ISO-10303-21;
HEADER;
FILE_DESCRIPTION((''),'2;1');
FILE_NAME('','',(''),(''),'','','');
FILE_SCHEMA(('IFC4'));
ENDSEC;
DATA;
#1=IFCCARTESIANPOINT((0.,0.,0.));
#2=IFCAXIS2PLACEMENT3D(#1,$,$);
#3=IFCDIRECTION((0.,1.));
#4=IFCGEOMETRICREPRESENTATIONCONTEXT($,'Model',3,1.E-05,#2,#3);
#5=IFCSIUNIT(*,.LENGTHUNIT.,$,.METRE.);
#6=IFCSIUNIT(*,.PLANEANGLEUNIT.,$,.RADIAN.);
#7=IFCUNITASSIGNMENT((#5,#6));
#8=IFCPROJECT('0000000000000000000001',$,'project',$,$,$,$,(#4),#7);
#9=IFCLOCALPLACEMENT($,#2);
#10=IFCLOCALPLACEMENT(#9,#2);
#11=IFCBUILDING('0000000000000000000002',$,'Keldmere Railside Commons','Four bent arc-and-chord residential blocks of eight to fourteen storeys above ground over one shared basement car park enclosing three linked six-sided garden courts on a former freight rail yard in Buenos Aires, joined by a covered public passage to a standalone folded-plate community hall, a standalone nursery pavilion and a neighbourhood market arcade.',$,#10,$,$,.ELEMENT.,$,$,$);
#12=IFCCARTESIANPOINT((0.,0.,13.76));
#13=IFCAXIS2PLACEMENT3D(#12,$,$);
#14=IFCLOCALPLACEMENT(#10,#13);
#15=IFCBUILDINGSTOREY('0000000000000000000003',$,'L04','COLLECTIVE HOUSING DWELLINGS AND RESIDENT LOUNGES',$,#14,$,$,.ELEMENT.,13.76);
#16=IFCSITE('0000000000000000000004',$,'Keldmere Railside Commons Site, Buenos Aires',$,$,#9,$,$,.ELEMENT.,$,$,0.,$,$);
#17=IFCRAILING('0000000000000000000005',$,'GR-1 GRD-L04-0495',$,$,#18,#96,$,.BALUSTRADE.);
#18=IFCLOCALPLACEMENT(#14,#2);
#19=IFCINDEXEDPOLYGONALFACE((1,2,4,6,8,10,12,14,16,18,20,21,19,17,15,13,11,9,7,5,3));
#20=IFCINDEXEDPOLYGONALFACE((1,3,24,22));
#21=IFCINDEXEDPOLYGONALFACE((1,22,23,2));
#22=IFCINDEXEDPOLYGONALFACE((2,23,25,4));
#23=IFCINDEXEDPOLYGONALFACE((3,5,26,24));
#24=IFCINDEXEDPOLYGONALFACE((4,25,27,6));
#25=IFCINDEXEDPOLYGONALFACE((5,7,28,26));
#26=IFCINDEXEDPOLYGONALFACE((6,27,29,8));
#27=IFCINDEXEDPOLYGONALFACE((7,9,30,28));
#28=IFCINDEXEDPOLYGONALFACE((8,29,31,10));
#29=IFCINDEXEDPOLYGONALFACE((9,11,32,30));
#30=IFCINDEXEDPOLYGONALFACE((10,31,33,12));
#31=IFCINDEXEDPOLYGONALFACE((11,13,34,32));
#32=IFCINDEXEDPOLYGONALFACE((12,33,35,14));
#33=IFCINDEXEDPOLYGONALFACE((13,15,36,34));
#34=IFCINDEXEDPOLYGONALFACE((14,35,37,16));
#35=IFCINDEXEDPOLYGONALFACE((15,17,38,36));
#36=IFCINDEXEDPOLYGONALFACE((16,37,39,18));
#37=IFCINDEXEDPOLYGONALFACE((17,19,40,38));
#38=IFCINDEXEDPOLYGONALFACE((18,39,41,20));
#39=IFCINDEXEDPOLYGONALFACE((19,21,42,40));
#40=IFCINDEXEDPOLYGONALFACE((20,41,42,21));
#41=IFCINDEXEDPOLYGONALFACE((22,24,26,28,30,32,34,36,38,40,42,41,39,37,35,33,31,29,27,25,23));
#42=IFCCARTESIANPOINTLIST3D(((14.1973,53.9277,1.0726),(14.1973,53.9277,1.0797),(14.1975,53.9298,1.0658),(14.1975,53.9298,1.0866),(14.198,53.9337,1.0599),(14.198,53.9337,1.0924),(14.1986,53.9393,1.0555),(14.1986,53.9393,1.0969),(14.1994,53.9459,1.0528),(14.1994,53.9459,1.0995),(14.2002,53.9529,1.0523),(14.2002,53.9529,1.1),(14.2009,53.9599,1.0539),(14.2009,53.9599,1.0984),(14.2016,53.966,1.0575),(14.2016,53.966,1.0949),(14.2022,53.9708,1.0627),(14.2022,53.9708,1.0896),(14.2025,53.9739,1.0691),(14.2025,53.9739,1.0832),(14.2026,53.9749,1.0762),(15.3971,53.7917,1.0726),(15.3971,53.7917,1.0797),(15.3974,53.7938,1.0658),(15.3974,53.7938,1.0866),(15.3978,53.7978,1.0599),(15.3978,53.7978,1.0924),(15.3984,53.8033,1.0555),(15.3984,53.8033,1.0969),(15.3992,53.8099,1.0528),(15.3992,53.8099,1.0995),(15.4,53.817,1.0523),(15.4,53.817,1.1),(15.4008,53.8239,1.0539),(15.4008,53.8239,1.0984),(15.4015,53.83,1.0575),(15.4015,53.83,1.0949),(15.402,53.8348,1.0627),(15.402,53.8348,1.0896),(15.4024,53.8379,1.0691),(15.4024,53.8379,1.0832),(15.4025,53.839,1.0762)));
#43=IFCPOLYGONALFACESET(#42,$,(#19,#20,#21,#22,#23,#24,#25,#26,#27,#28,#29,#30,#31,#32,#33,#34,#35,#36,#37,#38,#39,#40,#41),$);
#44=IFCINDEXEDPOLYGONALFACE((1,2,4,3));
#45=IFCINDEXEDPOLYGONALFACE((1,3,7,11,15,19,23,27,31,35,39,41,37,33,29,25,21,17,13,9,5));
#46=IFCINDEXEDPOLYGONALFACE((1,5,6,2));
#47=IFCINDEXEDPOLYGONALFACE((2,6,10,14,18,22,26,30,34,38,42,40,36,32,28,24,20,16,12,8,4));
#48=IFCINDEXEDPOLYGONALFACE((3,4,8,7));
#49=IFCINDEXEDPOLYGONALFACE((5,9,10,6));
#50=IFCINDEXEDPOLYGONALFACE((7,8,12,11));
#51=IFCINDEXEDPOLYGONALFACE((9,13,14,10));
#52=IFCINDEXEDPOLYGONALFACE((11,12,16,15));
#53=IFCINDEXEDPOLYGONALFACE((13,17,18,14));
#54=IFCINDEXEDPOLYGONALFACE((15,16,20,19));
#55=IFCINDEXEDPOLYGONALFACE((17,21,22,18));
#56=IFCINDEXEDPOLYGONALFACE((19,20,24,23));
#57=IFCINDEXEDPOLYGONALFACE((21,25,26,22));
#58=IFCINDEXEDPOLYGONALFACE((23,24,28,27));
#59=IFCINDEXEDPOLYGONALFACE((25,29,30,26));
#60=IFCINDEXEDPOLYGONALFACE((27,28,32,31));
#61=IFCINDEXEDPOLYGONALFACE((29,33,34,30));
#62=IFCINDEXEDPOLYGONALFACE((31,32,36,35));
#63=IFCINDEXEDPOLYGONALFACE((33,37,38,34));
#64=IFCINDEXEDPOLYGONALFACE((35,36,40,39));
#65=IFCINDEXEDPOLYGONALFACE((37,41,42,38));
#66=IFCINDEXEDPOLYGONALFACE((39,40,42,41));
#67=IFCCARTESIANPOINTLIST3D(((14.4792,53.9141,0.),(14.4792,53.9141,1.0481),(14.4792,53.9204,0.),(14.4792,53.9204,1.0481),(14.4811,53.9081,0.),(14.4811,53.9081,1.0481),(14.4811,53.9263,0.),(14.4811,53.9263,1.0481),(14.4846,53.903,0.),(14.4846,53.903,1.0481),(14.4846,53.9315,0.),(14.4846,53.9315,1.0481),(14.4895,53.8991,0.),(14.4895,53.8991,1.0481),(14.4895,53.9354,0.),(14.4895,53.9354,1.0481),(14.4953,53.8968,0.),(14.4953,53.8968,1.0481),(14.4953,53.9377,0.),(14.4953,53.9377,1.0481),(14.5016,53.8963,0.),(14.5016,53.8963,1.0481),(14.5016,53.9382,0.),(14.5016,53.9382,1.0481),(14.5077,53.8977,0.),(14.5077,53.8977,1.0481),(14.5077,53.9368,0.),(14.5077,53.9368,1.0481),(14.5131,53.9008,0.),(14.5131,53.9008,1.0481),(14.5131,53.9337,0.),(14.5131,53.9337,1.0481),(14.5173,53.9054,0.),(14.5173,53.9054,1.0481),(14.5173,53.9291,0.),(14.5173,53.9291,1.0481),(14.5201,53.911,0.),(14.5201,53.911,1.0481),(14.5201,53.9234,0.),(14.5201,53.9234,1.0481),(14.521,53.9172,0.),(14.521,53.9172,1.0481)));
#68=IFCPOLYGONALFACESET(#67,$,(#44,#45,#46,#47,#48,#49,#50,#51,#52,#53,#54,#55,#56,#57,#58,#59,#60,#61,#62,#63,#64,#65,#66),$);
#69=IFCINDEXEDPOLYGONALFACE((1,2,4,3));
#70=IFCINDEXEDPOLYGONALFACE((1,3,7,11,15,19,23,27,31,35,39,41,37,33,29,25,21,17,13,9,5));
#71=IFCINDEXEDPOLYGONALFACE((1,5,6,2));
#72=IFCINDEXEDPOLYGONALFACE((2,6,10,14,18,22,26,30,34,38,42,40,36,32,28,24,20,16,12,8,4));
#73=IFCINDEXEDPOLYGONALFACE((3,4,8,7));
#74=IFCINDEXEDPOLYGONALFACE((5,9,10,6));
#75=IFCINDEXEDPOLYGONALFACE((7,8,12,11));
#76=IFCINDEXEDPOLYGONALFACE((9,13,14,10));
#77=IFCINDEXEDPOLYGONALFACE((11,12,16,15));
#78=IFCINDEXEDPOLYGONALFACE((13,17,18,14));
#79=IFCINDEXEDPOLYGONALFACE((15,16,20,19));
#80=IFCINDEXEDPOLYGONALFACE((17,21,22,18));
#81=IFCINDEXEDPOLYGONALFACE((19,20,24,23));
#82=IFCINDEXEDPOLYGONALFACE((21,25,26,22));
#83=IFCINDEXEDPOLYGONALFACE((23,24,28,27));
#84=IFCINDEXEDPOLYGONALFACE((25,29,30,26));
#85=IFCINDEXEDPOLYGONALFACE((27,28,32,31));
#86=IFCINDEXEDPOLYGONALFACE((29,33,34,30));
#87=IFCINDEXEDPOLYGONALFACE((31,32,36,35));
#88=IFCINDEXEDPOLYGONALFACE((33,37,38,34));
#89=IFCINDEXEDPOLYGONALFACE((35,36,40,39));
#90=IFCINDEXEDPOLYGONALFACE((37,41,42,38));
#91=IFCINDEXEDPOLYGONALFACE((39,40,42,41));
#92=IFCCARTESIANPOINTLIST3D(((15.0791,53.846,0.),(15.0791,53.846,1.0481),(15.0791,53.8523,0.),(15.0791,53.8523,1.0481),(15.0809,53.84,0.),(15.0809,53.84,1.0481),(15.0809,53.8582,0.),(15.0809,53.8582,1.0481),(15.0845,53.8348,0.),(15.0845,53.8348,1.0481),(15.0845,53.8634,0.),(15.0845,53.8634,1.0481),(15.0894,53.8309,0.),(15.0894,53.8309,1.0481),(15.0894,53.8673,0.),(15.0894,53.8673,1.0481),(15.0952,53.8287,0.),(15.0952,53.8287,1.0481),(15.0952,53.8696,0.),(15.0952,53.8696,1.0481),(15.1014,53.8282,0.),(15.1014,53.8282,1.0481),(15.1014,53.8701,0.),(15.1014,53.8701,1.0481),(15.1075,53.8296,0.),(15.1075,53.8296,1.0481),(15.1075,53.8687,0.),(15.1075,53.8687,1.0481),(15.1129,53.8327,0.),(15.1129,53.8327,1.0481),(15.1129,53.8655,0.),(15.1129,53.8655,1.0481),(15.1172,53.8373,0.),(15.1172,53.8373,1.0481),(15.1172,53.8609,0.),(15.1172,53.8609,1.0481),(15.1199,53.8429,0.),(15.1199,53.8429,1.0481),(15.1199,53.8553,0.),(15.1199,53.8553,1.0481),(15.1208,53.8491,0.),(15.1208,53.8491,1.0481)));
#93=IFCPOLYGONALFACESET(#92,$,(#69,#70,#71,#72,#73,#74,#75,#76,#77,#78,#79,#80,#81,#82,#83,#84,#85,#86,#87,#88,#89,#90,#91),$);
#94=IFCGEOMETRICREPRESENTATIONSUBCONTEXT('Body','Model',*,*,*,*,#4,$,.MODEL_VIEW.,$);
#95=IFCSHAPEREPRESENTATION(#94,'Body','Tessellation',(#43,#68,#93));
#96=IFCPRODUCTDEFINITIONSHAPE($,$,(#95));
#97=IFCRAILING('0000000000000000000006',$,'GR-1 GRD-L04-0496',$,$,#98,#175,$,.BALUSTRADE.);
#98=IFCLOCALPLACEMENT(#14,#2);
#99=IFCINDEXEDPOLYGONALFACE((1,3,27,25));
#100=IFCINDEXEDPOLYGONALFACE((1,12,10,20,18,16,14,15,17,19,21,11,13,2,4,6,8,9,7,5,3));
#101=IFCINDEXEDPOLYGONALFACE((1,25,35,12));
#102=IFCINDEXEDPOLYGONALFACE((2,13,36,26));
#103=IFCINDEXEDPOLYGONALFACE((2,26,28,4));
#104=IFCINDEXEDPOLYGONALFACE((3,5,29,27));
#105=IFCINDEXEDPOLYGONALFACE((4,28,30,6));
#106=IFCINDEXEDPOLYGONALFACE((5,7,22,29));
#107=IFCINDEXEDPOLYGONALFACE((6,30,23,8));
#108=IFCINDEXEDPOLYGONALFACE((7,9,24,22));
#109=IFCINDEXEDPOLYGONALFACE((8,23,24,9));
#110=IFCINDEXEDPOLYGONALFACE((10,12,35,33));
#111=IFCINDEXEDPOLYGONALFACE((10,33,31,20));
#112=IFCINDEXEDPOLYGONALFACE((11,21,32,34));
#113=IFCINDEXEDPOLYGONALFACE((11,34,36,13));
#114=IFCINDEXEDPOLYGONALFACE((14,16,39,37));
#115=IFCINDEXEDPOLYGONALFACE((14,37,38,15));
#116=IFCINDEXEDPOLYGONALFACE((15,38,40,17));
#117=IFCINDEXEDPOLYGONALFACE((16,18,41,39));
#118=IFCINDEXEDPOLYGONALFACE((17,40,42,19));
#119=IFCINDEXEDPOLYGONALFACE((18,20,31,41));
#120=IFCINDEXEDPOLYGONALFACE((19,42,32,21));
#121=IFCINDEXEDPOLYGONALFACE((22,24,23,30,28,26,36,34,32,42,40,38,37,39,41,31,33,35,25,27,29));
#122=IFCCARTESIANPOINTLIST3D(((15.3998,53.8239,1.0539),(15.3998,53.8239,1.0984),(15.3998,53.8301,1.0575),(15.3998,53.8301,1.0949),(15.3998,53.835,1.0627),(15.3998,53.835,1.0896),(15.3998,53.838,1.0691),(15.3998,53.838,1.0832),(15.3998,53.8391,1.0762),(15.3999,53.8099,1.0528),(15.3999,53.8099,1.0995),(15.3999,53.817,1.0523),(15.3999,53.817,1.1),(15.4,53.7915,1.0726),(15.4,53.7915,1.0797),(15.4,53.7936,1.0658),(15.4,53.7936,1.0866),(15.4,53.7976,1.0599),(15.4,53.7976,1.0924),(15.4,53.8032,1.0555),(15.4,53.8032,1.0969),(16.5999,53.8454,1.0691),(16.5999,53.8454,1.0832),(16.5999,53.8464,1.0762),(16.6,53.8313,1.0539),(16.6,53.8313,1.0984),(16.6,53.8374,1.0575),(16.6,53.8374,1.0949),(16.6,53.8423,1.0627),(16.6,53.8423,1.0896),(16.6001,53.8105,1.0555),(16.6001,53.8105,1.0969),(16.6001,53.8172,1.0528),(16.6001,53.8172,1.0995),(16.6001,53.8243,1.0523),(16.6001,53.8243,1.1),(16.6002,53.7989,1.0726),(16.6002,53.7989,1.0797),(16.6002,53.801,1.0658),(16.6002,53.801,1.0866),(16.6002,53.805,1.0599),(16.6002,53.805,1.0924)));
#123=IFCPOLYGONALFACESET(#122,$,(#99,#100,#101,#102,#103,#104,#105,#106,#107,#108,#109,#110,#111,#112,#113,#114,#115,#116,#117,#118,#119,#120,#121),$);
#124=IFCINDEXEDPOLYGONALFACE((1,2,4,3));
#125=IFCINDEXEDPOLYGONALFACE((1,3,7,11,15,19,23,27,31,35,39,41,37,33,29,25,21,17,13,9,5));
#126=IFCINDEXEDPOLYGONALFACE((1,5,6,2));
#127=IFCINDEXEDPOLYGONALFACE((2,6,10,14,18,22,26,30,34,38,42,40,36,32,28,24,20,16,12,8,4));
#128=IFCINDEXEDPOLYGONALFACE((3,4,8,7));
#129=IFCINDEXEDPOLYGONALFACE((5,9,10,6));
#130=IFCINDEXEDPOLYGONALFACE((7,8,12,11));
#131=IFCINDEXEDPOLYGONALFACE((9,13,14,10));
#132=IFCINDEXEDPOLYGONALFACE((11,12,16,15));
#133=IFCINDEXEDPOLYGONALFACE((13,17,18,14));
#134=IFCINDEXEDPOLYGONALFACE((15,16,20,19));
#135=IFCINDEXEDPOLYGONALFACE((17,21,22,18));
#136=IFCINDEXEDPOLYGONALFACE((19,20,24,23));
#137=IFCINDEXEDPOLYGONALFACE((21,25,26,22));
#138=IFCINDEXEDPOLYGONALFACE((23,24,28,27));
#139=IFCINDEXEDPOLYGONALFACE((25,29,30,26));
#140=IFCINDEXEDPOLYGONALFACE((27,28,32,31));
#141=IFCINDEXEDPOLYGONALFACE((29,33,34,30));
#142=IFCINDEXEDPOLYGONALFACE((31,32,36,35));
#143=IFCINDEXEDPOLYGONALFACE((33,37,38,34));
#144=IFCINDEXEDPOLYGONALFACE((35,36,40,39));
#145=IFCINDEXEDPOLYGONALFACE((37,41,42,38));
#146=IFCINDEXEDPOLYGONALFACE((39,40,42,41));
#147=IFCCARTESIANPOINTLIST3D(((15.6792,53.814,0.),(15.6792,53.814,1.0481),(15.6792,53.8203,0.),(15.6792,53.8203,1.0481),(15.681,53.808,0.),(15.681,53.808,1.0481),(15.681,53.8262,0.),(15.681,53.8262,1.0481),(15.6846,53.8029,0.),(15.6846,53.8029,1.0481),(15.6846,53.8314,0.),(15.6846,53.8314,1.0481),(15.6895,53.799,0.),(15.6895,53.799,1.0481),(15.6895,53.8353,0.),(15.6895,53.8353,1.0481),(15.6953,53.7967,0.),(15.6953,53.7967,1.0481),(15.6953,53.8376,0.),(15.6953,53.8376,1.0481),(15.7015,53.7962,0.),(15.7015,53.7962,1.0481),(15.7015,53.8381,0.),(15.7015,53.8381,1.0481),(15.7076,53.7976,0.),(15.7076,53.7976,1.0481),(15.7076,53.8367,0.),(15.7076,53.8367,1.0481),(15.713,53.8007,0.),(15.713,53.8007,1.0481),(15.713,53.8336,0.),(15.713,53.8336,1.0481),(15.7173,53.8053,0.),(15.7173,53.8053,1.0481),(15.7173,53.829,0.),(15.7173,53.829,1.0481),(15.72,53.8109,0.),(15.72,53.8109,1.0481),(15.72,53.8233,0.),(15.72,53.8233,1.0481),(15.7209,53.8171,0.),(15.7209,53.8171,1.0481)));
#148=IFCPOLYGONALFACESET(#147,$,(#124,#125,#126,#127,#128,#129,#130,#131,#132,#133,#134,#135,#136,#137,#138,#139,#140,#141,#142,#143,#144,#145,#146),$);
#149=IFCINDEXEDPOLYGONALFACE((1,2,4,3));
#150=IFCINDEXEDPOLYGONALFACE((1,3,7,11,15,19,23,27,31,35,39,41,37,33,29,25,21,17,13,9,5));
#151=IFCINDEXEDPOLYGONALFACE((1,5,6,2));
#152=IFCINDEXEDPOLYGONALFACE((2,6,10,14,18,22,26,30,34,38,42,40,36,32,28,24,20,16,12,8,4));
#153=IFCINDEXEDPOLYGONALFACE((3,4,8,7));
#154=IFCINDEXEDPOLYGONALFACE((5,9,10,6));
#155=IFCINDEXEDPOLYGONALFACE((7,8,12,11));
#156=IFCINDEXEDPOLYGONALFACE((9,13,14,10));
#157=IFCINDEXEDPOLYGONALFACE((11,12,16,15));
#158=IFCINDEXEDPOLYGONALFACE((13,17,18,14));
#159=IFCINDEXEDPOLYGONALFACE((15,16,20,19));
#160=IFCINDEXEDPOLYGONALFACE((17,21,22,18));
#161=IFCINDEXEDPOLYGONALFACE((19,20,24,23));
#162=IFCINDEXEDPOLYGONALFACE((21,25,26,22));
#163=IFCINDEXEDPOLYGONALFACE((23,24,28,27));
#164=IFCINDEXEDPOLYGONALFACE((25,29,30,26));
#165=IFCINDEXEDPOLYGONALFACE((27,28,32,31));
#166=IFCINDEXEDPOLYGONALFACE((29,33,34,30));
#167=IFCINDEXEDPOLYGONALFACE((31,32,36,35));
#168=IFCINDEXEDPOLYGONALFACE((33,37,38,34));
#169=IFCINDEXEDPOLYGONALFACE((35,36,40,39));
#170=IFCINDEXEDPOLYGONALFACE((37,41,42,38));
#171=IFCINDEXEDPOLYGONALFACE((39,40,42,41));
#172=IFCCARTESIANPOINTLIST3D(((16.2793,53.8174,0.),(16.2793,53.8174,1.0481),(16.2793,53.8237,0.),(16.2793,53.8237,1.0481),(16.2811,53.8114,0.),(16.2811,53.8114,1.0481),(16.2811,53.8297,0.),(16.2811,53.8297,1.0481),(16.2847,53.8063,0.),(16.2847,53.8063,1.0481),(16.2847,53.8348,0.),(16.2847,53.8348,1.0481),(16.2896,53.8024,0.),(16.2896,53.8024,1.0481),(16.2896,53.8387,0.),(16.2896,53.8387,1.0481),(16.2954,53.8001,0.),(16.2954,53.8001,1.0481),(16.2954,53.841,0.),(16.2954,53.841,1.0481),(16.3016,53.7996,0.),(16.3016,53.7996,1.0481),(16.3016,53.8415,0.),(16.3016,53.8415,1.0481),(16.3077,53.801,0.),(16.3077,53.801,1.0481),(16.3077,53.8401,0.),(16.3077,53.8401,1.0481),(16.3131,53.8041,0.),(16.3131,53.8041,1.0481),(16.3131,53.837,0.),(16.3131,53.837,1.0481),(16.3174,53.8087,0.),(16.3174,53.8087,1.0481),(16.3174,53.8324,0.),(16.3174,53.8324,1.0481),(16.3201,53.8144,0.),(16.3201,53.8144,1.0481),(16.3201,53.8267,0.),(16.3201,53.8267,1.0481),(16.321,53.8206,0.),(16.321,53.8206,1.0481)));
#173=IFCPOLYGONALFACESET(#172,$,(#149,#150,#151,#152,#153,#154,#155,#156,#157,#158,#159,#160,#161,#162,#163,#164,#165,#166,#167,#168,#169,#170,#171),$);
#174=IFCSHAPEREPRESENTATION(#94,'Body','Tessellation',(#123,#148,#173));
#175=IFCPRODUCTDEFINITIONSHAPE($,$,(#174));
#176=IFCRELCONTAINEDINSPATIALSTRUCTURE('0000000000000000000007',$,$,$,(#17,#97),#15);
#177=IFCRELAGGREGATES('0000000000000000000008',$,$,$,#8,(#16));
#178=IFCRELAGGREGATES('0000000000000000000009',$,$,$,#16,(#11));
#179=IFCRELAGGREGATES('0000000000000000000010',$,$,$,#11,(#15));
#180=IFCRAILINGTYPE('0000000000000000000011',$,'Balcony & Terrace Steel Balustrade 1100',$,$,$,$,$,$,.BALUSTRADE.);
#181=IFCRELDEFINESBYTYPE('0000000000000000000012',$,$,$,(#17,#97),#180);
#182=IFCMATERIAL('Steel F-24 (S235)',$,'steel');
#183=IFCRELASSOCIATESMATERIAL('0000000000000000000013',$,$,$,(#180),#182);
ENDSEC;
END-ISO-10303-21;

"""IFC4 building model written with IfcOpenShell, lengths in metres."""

from ifc_helpers import new_model, si_unit, direction, frame, origin, origin_2d, place, context, subcontext, project, spatial, circle, extrude, material, type_object, element, save


model = new_model("IFC4")

# Units and contexts
model_context = context("Model", 3, precision=1e-05, world=origin(), true_north=direction((0.0, 1.0)))
body_context = subcontext(model_context, "Body", "Model", "MODEL_VIEW")
ifc_project = project(units=[si_unit("LENGTHUNIT", "METRE"), si_unit("PLANEANGLEUNIT", "RADIAN")], contexts=[model_context])

# Site, building, storey
site_placement = place(None, origin())
site = spatial("IfcSite", under=ifc_project, at=site_placement, Name="Keldmere Railside Commons Site, Buenos Aires", CompositionType="ELEMENT", RefElevation=0.0)
building_placement = place(site_placement, origin())
building = spatial("IfcBuilding", under=site, at=building_placement, Name="Keldmere Railside Commons", Description="Four bent arc-and-chord residential blocks of eight to fourteen storeys above ground over one shared basement car park enclosing three linked six-sided garden courts on a former freight rail yard in Buenos Aires, joined by a covered public passage to a standalone folded-plate community hall, a standalone nursery pavilion and a neighbourhood market arcade.", CompositionType="ELEMENT")
storey_placement = place(building_placement, frame((0.0, 0.0, 13.76)))
storey = spatial("IfcBuildingStorey", under=building, at=storey_placement, Name="L04", Description="COLLECTIVE HOUSING DWELLINGS AND RESIDENT LOUNGES", CompositionType="ELEMENT", Elevation=13.76)

# Railings
ifc_material_1 = material(Name="Steel F-24 (S235)", Category="steel")
railing_type = type_object("IfcRailingType", Name="Balcony & Terrace Steel Balustrade 1100", PredefinedType="BALUSTRADE", material=ifc_material_1)
railing_1_placement = place(storey_placement, frame((14.2, 53.9512, 0.0)))
element("IfcRailing", 1, at=railing_1_placement, inside=storey, type_object=railing_type, Name="GR-1 GRD-L04-0495", PredefinedType="BALUSTRADE", context=body_context, shape_type="SweptSolid", body=[
    extrude(circle(Radius=0.0239, at=origin_2d()), frame((0.0, 0.0, 1.0762), z_axis=(0.99364, -0.112606, 0.0), x_axis=(0.112606, 0.99364, 0.0)), (0.0, 0.0, 1.0), 1.2075),
    extrude(circle(Radius=0.021, at=origin_2d()), frame((0.3, -0.0339, 0.0)), (0.0, 0.0, 1.0), 1.0481),
    extrude(circle(Radius=0.021, at=origin_2d()), frame((0.8999, -0.1021, 0.0)), (0.0, 0.0, 1.0), 1.0481),
])
railing_2_placement = place(storey_placement, frame((15.3999, 53.8152, 0.0)))
element("IfcRailing", 2, at=railing_2_placement, inside=storey, type_object=railing_type, Name="GR-1 GRD-L04-0496", PredefinedType="BALUSTRADE", context=body_context, shape_type="SweptSolid", body=[
    extrude(circle(Radius=0.0239, at=origin_2d()), frame((0.0, 0.0, 1.0762), z_axis=(0.999981, 0.006102, 0.0), x_axis=(-0.006102, 0.999981, 0.0)), (0.0, 0.0, 1.0), 1.2002),
    extrude(circle(Radius=0.021, at=origin_2d()), frame((0.3, 0.002, 0.0)), (0.0, 0.0, 1.0), 1.0481),
    extrude(circle(Radius=0.021, at=origin_2d()), frame((0.9001, 0.0054, 0.0)), (0.0, 0.0, 1.0), 1.0481),
])

save(model, "model.ifc")
